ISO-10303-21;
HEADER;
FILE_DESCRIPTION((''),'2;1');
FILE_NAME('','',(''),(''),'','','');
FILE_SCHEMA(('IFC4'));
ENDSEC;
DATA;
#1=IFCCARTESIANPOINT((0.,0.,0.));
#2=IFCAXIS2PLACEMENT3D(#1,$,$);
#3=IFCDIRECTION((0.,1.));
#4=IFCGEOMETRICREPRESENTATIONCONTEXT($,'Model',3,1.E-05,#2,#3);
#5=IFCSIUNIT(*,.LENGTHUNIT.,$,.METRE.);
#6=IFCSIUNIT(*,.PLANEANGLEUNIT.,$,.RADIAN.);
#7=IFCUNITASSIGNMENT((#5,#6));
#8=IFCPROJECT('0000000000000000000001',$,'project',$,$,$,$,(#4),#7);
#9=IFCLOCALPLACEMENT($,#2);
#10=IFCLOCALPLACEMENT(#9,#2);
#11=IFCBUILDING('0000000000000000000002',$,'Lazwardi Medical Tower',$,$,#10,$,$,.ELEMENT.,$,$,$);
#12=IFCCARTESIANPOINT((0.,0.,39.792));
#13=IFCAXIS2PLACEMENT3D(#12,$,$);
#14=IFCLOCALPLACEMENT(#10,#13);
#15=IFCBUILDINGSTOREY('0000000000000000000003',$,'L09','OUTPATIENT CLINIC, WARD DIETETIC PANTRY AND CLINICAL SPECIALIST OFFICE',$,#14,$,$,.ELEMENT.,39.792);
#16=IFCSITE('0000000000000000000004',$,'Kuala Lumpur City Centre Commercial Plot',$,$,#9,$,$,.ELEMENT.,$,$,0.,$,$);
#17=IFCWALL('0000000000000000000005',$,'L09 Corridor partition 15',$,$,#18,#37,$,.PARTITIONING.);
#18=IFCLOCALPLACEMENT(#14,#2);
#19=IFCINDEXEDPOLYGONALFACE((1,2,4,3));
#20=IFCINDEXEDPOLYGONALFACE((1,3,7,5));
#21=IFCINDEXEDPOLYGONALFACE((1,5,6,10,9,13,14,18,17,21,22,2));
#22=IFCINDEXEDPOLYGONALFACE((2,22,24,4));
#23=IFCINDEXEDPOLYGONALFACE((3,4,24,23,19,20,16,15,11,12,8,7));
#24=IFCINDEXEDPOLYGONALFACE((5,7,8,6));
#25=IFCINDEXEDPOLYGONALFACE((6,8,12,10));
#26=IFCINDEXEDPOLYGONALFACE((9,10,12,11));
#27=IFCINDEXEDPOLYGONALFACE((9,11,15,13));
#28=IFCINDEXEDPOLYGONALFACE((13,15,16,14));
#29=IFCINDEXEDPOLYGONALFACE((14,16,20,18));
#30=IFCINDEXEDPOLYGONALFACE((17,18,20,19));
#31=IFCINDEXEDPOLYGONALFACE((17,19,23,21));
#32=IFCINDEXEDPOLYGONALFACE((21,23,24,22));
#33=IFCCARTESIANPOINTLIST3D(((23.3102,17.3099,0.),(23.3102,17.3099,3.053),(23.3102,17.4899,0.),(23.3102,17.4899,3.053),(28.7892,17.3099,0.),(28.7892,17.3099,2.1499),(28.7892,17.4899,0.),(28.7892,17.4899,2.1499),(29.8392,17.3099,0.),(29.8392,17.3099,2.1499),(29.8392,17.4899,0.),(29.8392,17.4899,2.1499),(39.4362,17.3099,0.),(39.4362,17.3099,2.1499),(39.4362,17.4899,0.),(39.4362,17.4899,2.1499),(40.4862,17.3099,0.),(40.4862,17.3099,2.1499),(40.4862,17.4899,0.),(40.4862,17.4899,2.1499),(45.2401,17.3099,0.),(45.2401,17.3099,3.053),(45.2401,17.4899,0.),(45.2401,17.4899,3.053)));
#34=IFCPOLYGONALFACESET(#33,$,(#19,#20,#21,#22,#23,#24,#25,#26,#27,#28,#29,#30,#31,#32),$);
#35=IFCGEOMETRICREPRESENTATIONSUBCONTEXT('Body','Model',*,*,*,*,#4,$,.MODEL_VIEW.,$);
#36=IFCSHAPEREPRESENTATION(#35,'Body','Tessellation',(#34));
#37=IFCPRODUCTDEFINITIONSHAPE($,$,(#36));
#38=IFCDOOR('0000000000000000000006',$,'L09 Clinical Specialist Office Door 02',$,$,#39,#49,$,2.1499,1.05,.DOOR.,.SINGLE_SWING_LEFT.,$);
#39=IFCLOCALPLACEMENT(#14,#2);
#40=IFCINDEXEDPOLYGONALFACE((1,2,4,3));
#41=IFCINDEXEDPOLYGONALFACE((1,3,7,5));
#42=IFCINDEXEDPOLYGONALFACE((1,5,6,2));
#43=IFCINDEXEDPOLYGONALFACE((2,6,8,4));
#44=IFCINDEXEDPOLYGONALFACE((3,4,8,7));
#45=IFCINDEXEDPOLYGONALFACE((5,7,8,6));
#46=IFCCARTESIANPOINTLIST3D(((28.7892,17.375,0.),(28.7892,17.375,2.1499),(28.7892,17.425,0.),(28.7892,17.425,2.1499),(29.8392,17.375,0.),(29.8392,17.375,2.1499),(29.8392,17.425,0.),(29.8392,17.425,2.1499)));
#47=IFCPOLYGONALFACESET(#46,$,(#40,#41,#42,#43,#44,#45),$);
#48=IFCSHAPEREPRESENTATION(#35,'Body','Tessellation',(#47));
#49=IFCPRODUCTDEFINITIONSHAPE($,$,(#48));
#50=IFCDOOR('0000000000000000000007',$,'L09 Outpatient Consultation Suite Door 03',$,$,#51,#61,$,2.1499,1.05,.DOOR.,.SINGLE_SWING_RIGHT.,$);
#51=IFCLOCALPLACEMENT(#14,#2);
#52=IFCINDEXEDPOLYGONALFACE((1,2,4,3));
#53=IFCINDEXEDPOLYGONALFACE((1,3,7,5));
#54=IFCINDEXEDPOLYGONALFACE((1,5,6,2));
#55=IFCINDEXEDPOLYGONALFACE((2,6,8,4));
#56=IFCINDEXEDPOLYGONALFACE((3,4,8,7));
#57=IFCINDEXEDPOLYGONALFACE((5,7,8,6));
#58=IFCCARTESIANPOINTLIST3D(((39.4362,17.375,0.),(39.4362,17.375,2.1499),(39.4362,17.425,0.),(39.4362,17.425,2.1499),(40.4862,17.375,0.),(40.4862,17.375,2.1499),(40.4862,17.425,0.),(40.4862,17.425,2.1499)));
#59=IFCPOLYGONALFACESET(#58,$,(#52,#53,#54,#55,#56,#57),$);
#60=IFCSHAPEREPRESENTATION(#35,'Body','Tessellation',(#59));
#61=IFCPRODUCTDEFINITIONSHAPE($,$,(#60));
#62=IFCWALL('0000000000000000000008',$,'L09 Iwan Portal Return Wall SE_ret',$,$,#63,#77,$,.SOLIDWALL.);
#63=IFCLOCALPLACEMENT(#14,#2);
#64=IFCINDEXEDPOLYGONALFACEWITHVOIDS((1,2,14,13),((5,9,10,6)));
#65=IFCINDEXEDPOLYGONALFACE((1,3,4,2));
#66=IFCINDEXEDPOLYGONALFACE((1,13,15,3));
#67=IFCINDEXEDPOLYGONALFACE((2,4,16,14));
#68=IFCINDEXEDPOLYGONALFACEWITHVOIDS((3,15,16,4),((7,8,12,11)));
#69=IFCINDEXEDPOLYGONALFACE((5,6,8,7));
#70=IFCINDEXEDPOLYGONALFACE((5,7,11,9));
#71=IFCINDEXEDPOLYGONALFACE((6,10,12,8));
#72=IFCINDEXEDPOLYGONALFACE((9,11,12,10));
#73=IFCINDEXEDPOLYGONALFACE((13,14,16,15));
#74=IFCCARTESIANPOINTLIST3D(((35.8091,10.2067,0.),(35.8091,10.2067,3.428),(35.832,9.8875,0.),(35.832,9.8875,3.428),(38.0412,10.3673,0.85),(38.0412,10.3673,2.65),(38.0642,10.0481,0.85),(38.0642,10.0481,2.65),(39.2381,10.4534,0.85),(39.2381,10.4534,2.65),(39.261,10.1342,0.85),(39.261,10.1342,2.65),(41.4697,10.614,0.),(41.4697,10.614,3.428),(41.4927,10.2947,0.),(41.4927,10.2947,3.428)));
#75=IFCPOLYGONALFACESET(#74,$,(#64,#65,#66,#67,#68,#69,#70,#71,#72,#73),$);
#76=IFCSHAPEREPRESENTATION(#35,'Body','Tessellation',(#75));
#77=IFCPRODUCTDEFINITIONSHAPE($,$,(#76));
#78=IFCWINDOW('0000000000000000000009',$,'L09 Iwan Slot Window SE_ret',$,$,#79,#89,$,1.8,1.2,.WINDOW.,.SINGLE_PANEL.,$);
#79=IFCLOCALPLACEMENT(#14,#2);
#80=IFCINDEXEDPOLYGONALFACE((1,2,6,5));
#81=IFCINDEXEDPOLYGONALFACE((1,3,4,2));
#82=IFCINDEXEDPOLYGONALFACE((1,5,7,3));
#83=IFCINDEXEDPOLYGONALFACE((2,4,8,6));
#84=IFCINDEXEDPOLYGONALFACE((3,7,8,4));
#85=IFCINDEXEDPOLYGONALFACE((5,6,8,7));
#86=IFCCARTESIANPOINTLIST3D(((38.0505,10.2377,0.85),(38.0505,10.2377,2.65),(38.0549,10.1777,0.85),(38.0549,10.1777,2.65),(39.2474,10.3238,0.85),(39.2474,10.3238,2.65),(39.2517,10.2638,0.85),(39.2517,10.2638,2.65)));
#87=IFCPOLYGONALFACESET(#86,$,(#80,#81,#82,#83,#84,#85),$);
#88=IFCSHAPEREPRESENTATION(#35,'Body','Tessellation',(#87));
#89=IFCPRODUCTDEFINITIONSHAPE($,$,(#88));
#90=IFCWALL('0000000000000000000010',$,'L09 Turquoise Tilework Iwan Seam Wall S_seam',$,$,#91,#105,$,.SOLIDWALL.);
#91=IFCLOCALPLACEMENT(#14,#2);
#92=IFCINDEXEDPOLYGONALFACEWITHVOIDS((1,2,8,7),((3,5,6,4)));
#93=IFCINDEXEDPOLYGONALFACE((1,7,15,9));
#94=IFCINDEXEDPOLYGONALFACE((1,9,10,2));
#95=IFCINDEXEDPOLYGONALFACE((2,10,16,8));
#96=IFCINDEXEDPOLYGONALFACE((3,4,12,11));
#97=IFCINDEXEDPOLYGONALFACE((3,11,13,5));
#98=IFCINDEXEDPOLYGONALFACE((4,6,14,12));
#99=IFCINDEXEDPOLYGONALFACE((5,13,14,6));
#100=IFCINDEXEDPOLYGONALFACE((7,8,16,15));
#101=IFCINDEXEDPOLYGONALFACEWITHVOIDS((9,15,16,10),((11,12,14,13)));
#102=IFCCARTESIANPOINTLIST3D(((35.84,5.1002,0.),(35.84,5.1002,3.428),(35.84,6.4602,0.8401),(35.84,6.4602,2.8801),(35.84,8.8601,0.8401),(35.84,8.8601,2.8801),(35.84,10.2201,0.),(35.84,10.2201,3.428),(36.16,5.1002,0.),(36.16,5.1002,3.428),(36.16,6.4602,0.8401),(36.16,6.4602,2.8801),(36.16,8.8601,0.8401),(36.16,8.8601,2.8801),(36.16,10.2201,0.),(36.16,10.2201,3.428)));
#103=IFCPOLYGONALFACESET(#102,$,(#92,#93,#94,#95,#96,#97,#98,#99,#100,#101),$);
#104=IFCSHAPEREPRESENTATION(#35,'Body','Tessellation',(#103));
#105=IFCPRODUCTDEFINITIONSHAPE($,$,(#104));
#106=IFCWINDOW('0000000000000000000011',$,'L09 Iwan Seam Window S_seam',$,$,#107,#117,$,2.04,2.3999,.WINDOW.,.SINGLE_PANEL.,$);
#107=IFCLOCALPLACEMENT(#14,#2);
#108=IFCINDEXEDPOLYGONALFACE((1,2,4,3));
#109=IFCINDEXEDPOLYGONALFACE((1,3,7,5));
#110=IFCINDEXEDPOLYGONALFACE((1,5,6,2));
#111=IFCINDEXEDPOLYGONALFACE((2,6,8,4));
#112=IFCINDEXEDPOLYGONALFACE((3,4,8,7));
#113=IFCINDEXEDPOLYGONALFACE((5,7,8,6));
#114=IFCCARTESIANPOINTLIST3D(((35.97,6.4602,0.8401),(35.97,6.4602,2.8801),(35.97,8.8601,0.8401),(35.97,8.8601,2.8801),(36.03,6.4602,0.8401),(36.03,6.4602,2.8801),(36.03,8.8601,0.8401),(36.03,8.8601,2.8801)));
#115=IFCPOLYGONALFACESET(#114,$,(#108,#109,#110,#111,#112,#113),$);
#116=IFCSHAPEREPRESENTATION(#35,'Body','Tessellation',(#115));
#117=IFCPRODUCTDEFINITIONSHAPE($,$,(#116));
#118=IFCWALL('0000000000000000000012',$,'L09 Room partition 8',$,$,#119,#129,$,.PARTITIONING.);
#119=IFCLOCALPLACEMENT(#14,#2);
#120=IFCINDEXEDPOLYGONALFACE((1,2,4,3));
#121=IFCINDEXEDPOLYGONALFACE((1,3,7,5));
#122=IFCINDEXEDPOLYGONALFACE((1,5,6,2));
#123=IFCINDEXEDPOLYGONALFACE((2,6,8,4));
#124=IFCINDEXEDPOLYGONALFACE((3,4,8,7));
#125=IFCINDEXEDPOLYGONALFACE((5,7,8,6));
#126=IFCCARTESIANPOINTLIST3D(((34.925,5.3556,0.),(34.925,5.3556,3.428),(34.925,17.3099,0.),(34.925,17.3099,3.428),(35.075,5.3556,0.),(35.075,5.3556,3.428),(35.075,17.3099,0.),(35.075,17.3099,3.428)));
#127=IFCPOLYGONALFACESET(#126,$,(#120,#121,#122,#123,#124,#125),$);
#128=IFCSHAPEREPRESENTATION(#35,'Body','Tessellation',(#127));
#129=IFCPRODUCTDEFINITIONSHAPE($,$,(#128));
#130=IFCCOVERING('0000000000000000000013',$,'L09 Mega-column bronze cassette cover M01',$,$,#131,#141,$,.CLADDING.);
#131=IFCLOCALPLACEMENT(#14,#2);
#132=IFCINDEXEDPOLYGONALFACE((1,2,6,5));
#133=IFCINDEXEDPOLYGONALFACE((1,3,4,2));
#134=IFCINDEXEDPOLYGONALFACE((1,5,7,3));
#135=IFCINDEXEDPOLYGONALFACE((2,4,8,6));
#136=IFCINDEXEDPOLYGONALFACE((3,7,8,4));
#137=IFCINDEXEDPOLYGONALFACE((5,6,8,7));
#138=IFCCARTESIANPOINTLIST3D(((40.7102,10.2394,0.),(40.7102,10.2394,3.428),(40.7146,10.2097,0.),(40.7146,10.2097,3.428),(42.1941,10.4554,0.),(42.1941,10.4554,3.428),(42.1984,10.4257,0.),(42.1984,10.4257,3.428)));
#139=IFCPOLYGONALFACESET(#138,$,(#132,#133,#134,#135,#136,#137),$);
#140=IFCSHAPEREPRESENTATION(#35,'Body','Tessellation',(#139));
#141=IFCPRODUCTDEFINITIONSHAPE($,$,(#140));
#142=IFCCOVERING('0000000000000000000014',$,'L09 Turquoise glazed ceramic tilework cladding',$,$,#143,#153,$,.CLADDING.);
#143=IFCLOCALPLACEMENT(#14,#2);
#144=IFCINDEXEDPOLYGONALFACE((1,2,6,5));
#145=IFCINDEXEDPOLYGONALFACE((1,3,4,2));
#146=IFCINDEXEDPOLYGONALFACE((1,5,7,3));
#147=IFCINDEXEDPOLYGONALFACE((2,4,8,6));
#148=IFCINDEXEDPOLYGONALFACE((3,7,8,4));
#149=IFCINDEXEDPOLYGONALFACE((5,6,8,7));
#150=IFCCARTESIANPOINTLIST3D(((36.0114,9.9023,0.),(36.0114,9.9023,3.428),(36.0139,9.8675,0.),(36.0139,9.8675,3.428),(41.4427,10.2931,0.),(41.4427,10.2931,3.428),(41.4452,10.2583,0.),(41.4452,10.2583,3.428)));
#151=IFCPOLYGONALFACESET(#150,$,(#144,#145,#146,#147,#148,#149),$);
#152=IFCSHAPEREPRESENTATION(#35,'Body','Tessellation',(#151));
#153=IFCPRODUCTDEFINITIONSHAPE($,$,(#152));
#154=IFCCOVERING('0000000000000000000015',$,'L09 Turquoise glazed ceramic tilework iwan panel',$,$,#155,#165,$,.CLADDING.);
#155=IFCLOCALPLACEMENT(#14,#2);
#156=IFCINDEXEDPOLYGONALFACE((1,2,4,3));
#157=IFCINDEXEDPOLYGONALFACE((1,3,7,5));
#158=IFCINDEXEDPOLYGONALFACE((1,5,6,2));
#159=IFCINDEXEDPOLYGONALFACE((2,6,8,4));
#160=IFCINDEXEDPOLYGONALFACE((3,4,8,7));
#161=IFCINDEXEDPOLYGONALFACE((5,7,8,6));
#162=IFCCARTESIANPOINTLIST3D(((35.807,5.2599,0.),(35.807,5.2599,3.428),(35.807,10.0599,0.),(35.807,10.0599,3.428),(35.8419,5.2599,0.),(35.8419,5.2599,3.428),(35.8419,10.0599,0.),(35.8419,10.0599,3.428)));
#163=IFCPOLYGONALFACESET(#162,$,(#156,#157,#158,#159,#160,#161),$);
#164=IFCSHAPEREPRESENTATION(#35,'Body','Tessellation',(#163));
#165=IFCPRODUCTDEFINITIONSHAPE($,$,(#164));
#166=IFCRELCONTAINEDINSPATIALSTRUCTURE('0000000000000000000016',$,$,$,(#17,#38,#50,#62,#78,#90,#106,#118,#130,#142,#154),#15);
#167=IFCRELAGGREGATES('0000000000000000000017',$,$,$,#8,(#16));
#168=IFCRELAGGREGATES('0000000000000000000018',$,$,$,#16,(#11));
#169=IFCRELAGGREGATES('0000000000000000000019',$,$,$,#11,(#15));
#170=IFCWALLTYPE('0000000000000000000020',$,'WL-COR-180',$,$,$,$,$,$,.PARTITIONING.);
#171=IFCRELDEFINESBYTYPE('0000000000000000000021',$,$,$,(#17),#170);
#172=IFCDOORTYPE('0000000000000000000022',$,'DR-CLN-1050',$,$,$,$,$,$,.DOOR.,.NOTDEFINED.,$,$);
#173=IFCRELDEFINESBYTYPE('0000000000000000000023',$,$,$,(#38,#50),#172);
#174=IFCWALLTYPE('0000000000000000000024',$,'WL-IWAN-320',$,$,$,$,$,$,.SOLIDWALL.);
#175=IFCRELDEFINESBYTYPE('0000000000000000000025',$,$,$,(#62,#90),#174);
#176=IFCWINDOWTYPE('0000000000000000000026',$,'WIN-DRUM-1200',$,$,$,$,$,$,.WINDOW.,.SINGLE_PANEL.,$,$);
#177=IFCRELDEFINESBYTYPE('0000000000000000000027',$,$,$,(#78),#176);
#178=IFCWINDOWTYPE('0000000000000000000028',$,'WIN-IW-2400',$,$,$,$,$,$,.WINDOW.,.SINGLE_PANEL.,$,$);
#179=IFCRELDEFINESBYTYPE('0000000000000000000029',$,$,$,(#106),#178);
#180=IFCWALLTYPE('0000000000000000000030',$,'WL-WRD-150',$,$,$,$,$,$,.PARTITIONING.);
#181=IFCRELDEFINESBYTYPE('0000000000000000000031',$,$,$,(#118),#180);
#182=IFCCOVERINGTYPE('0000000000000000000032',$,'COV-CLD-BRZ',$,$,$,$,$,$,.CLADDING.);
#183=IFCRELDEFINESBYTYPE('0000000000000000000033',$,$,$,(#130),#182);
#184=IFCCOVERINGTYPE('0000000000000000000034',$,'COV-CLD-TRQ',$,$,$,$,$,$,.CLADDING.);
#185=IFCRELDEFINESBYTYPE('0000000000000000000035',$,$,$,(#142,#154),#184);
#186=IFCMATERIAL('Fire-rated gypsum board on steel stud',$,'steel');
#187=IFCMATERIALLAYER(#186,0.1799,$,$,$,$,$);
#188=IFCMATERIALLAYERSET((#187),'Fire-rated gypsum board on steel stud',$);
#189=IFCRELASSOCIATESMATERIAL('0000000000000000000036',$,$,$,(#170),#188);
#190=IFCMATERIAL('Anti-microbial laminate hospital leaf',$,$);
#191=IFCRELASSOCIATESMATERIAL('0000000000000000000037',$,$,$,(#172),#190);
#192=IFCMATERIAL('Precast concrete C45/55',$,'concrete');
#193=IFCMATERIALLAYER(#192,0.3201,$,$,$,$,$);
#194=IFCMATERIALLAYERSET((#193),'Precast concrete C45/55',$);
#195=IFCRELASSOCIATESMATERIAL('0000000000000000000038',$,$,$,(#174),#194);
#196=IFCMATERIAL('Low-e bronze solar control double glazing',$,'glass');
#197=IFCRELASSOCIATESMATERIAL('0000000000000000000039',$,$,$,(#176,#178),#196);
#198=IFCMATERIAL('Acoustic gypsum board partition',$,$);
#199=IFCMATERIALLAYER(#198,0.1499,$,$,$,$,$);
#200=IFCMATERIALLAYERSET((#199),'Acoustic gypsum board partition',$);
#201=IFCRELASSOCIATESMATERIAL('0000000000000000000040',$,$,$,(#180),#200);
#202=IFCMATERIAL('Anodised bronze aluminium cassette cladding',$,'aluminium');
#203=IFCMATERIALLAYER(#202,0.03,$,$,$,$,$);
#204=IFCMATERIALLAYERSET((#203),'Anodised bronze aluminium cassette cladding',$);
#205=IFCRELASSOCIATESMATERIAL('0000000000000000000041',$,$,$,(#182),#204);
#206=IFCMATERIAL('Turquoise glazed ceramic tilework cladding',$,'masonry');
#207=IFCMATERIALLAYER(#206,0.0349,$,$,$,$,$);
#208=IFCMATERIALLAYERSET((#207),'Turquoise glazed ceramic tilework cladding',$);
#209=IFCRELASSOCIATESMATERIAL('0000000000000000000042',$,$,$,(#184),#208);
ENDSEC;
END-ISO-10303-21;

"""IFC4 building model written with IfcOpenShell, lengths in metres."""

from ifc_helpers import new_model, si_unit, direction, frame, frame_2d, origin, origin_2d, place, context, subcontext, project, spatial, rectangle, extrude, material, layer, layer_set, type_object, element, fill, save


model = new_model("IFC4")

# Units and contexts
model_context = context("Model", 3, precision=1e-05, world=origin(), true_north=direction((0.0, 1.0)))
body_context = subcontext(model_context, "Body", "Model", "MODEL_VIEW")
ifc_project = project(units=[si_unit("LENGTHUNIT", "METRE"), si_unit("PLANEANGLEUNIT", "RADIAN")], contexts=[model_context])

# Site, building, storey
site_placement = place(None, origin())
site = spatial("IfcSite", under=ifc_project, at=site_placement, Name="Kuala Lumpur City Centre Commercial Plot", CompositionType="ELEMENT", RefElevation=0.0)
building_placement = place(site_placement, origin())
building = spatial("IfcBuilding", under=site, at=building_placement, Name="Lazwardi Medical Tower", CompositionType="ELEMENT")
storey_placement = place(building_placement, frame((0.0, 0.0, 39.792)))
storey = spatial("IfcBuildingStorey", under=building, at=storey_placement, Name="L09", Description="OUTPATIENT CLINIC, WARD DIETETIC PANTRY AND CLINICAL SPECIALIST OFFICE", CompositionType="ELEMENT", Elevation=39.792)

# Shared definitions
ifc_material_1 = material(Name="Low-e bronze solar control double glazing", Category="glass")

# Wall, openings, doors
ifc_material_2 = material(Name="Fire-rated gypsum board on steel stud", Category="steel")
ifc_layer_1 = layer(ifc_material_2, 0.1799)
ifc_layer_set_1 = layer_set([ifc_layer_1], Name="Fire-rated gypsum board on steel stud")
wall_type_1 = type_object("IfcWallType", Name="WL-COR-180", PredefinedType="PARTITIONING", material=ifc_layer_set_1)
wall_1_placement = place(storey_placement, frame((45.24, 17.3999, 0.0), z_axis=(0.0, 0.0, 1.0), x_axis=(-1.0, 0.0, 0.0)))
wall_1 = element("IfcWall", 1, at=wall_1_placement, inside=storey, type_object=wall_type_1, Name="L09 Corridor partition 15", PredefinedType="PARTITIONING", context=body_context, shape_type="SweptSolid", body=[
    extrude(rectangle(XDim=21.9299, YDim=0.1799, at=frame_2d((10.9648, 0.0))), origin(), (0.0, 0.0, 1.0), 3.053),
])
opening_1_placement = place(wall_1_placement, frame((15.4009, 0.0, 0.0)))
opening_1 = element("IfcOpeningElement", 2, at=opening_1_placement, cuts=wall_1, PredefinedType="OPENING", context=body_context, shape_type="SweptSolid", body=[
    extrude(rectangle(XDim=1.05, YDim=2.1499, at=frame_2d((0.5249, 1.075))), frame((0.0, 0.0999, 0.0), z_axis=(0.0, -1.0, 0.0), x_axis=(1.0, 0.0, 0.0)), (0.0, 0.0, 1.0), 0.2),
])
opening_2_placement = place(wall_1_placement, frame((4.7539, 0.0, 0.0)))
opening_2 = element("IfcOpeningElement", 3, at=opening_2_placement, cuts=wall_1, PredefinedType="OPENING", context=body_context, shape_type="SweptSolid", body=[
    extrude(rectangle(XDim=1.05, YDim=2.1499, at=frame_2d((0.5249, 1.075))), frame((0.0, 0.0999, 0.0), z_axis=(0.0, -1.0, 0.0), x_axis=(1.0, 0.0, 0.0)), (0.0, 0.0, 1.0), 0.2),
])
ifc_material_3 = material(Name="Anti-microbial laminate hospital leaf")
door_type = type_object("IfcDoorType", Name="DR-CLN-1050", OperationType="NOTDEFINED", PredefinedType="DOOR", material=ifc_material_3)
door_1_placement = place(opening_1_placement, origin())
door_1 = element("IfcDoor", 4, at=door_1_placement, inside=storey, type_object=door_type, Name="L09 Clinical Specialist Office Door 02", OperationType="SINGLE_SWING_LEFT", OverallHeight=2.1499, OverallWidth=1.05, PredefinedType="DOOR", context=body_context, shape_type="SweptSolid", body=[
    extrude(rectangle(XDim=1.05, YDim=2.1499, at=frame_2d((0.5249, 1.075))), frame((0.0, 0.0249, 0.0), z_axis=(0.0, -1.0, 0.0), x_axis=(1.0, 0.0, 0.0)), (0.0, 0.0, 1.0), 0.05),
])
fill(opening_1, door_1)
door_2_placement = place(opening_2_placement, origin())
door_2 = element("IfcDoor", 5, at=door_2_placement, inside=storey, type_object=door_type, Name="L09 Outpatient Consultation Suite Door 03", OperationType="SINGLE_SWING_RIGHT", OverallHeight=2.1499, OverallWidth=1.05, PredefinedType="DOOR", context=body_context, shape_type="SweptSolid", body=[
    extrude(rectangle(XDim=1.05, YDim=2.1499, at=frame_2d((0.5249, 1.075))), frame((0.0, 0.0249, 0.0), z_axis=(0.0, -1.0, 0.0), x_axis=(1.0, 0.0, 0.0)), (0.0, 0.0, 1.0), 0.05),
])
fill(opening_2, door_2)

# Walls, openings, windows
ifc_material_4 = material(Name="Precast concrete C45/55", Category="concrete")
ifc_layer_2 = layer(ifc_material_4, 0.3201)
ifc_layer_set_2 = layer_set([ifc_layer_2], Name="Precast concrete C45/55")
wall_type_2 = type_object("IfcWallType", Name="WL-IWAN-320", PredefinedType="SOLIDWALL", material=ifc_layer_set_2)
wall_2_placement = place(storey_placement, frame((35.8206, 10.0471, 0.0), z_axis=(0.0, 0.0, 1.0), x_axis=(0.997422, 0.071755, 0.0)))
wall_2 = element("IfcWall", 6, at=wall_2_placement, inside=storey, type_object=wall_type_2, Name="L09 Iwan Portal Return Wall SE_ret", PredefinedType="SOLIDWALL", context=body_context, shape_type="SweptSolid", body=[
    extrude(rectangle(XDim=5.6753, YDim=0.3201, at=frame_2d((2.8376, 0.0))), origin(), (0.0, 0.0, 1.0), 3.428),
])
opening_3_placement = place(wall_2_placement, frame((2.2378, 0.0, 0.8501)))
opening_3 = element("IfcOpeningElement", 7, at=opening_3_placement, cuts=wall_2, PredefinedType="OPENING", context=body_context, shape_type="SweptSolid", body=[
    extrude(rectangle(XDim=1.2, YDim=1.8, at=frame_2d((0.6001, 0.8999))), frame((0.0, 0.1699, 0.0), z_axis=(0.0, -1.0, 0.0), x_axis=(1.0, 0.0, 0.0)), (0.0, 0.0, 1.0), 0.3401),
])
window_type_1 = type_object("IfcWindowType", Name="WIN-DRUM-1200", PartitioningType="SINGLE_PANEL", PredefinedType="WINDOW", material=ifc_material_1)
window_1_placement = place(opening_3_placement, origin())
window_1 = element("IfcWindow", 8, at=window_1_placement, inside=storey, type_object=window_type_1, Name="L09 Iwan Slot Window SE_ret", OverallHeight=1.8, OverallWidth=1.2, PartitioningType="SINGLE_PANEL", PredefinedType="WINDOW", context=body_context, shape_type="SweptSolid", body=[
    extrude(rectangle(XDim=1.2, YDim=1.8, at=frame_2d((0.6001, 0.8999))), frame((0.0, 0.03, 0.0), z_axis=(0.0, -1.0, 0.0), x_axis=(1.0, 0.0, 0.0)), (0.0, 0.0, 1.0), 0.0601),
])
fill(opening_3, window_1)
wall_3_placement = place(storey_placement, frame((36.0, 5.1001, 0.0), z_axis=(0.0, 0.0, 1.0), x_axis=(0.0, 1.0, 0.0)))
wall_3 = element("IfcWall", 9, at=wall_3_placement, inside=storey, type_object=wall_type_2, Name="L09 Turquoise Tilework Iwan Seam Wall S_seam", PredefinedType="SOLIDWALL", context=body_context, shape_type="SweptSolid", body=[
    extrude(rectangle(XDim=5.1199, YDim=0.3201, at=frame_2d((2.5601, 0.0))), origin(), (0.0, 0.0, 1.0), 3.428),
])
opening_4_placement = place(wall_3_placement, frame((1.3601, 0.0, 0.8401)))
opening_4 = element("IfcOpeningElement", 10, at=opening_4_placement, cuts=wall_3, PredefinedType="OPENING", context=body_context, shape_type="SweptSolid", body=[
    extrude(rectangle(XDim=2.3999, YDim=2.04, at=frame_2d((1.2, 1.02))), frame((0.0, 0.1699, 0.0), z_axis=(0.0, -1.0, 0.0), x_axis=(1.0, 0.0, 0.0)), (0.0, 0.0, 1.0), 0.3401),
])
window_type_2 = type_object("IfcWindowType", Name="WIN-IW-2400", PartitioningType="SINGLE_PANEL", PredefinedType="WINDOW", material=ifc_material_1)
window_2_placement = place(opening_4_placement, origin())
window_2 = element("IfcWindow", 11, at=window_2_placement, inside=storey, type_object=window_type_2, Name="L09 Iwan Seam Window S_seam", OverallHeight=2.04, OverallWidth=2.3999, PartitioningType="SINGLE_PANEL", PredefinedType="WINDOW", context=body_context, shape_type="SweptSolid", body=[
    extrude(rectangle(XDim=2.3999, YDim=2.04, at=frame_2d((1.2, 1.02))), frame((0.0, 0.03, 0.0), z_axis=(0.0, -1.0, 0.0), x_axis=(1.0, 0.0, 0.0)), (0.0, 0.0, 1.0), 0.0601),
])
fill(opening_4, window_2)

# Wall
ifc_material_5 = material(Name="Acoustic gypsum board partition")
ifc_layer_3 = layer(ifc_material_5, 0.1499)
ifc_layer_set_3 = layer_set([ifc_layer_3], Name="Acoustic gypsum board partition")
wall_type_3 = type_object("IfcWallType", Name="WL-WRD-150", PredefinedType="PARTITIONING", material=ifc_layer_set_3)
wall_4_placement = place(storey_placement, frame((35.0, 5.3557, 0.0), z_axis=(0.0, 0.0, 1.0), x_axis=(0.0, 1.0, 0.0)))
element("IfcWall", 12, at=wall_4_placement, inside=storey, type_object=wall_type_3, Name="L09 Room partition 8", PredefinedType="PARTITIONING", context=body_context, shape_type="SweptSolid", body=[
    extrude(rectangle(XDim=11.9543, YDim=0.1499, at=frame_2d((5.9771, 0.0))), origin(), (0.0, 0.0, 1.0), 3.428),
])

# Coverings
ifc_material_6 = material(Name="Anodised bronze aluminium cassette cladding", Category="aluminium")
ifc_layer_4 = layer(ifc_material_6, 0.03)
ifc_layer_set_4 = layer_set([ifc_layer_4], Name="Anodised bronze aluminium cassette cladding")
covering_type_1 = type_object("IfcCoveringType", Name="COV-CLD-BRZ", PredefinedType="CLADDING", material=ifc_layer_set_4)
covering_1_placement = place(storey_placement, frame((41.4543, 10.3325, 0.0), z_axis=(0.0, 0.0, 1.0), x_axis=(0.989573, 0.144035, 0.0)))
element("IfcCovering", 13, at=covering_1_placement, inside=storey, type_object=covering_type_1, Name="L09 Mega-column bronze cassette cover M01", PredefinedType="CLADDING", context=body_context, shape_type="SweptSolid", body=[
    extrude(rectangle(XDim=1.4995, YDim=0.03, at=origin_2d()), origin(), (0.0, 0.0, 1.0), 3.428),
])
ifc_material_7 = material(Name="Turquoise glazed ceramic tilework cladding", Category="masonry")
ifc_layer_5 = layer(ifc_material_7, 0.0349)
ifc_layer_set_5 = layer_set([ifc_layer_5], Name="Turquoise glazed ceramic tilework cladding")
covering_type_2 = type_object("IfcCoveringType", Name="COV-CLD-TRQ", PredefinedType="CLADDING", material=ifc_layer_set_5)
covering_2_placement = place(storey_placement, frame((38.7283, 10.0803, 0.0), z_axis=(0.0, 0.0, 1.0), x_axis=(0.997421, 0.071767, 0.0)))
element("IfcCovering", 14, at=covering_2_placement, inside=storey, type_object=covering_type_2, Name="L09 Turquoise glazed ceramic tilework cladding", PredefinedType="CLADDING", context=body_context, shape_type="SweptSolid", body=[
    extrude(rectangle(XDim=5.4453, YDim=0.0349, at=origin_2d()), origin(), (0.0, 0.0, 1.0), 3.428),
])
covering_3_placement = place(storey_placement, frame((35.8245, 7.6599, 0.0), z_axis=(0.0, 0.0, 1.0), x_axis=(0.0, 1.0, 0.0)))
element("IfcCovering", 15, at=covering_3_placement, inside=storey, type_object=covering_type_2, Name="L09 Turquoise glazed ceramic tilework iwan panel", PredefinedType="CLADDING", context=body_context, shape_type="SweptSolid", body=[
    extrude(rectangle(XDim=4.8, YDim=0.0349, at=origin_2d()), origin(), (0.0, 0.0, 1.0), 3.428),
])

save(model, "model.ifc")
